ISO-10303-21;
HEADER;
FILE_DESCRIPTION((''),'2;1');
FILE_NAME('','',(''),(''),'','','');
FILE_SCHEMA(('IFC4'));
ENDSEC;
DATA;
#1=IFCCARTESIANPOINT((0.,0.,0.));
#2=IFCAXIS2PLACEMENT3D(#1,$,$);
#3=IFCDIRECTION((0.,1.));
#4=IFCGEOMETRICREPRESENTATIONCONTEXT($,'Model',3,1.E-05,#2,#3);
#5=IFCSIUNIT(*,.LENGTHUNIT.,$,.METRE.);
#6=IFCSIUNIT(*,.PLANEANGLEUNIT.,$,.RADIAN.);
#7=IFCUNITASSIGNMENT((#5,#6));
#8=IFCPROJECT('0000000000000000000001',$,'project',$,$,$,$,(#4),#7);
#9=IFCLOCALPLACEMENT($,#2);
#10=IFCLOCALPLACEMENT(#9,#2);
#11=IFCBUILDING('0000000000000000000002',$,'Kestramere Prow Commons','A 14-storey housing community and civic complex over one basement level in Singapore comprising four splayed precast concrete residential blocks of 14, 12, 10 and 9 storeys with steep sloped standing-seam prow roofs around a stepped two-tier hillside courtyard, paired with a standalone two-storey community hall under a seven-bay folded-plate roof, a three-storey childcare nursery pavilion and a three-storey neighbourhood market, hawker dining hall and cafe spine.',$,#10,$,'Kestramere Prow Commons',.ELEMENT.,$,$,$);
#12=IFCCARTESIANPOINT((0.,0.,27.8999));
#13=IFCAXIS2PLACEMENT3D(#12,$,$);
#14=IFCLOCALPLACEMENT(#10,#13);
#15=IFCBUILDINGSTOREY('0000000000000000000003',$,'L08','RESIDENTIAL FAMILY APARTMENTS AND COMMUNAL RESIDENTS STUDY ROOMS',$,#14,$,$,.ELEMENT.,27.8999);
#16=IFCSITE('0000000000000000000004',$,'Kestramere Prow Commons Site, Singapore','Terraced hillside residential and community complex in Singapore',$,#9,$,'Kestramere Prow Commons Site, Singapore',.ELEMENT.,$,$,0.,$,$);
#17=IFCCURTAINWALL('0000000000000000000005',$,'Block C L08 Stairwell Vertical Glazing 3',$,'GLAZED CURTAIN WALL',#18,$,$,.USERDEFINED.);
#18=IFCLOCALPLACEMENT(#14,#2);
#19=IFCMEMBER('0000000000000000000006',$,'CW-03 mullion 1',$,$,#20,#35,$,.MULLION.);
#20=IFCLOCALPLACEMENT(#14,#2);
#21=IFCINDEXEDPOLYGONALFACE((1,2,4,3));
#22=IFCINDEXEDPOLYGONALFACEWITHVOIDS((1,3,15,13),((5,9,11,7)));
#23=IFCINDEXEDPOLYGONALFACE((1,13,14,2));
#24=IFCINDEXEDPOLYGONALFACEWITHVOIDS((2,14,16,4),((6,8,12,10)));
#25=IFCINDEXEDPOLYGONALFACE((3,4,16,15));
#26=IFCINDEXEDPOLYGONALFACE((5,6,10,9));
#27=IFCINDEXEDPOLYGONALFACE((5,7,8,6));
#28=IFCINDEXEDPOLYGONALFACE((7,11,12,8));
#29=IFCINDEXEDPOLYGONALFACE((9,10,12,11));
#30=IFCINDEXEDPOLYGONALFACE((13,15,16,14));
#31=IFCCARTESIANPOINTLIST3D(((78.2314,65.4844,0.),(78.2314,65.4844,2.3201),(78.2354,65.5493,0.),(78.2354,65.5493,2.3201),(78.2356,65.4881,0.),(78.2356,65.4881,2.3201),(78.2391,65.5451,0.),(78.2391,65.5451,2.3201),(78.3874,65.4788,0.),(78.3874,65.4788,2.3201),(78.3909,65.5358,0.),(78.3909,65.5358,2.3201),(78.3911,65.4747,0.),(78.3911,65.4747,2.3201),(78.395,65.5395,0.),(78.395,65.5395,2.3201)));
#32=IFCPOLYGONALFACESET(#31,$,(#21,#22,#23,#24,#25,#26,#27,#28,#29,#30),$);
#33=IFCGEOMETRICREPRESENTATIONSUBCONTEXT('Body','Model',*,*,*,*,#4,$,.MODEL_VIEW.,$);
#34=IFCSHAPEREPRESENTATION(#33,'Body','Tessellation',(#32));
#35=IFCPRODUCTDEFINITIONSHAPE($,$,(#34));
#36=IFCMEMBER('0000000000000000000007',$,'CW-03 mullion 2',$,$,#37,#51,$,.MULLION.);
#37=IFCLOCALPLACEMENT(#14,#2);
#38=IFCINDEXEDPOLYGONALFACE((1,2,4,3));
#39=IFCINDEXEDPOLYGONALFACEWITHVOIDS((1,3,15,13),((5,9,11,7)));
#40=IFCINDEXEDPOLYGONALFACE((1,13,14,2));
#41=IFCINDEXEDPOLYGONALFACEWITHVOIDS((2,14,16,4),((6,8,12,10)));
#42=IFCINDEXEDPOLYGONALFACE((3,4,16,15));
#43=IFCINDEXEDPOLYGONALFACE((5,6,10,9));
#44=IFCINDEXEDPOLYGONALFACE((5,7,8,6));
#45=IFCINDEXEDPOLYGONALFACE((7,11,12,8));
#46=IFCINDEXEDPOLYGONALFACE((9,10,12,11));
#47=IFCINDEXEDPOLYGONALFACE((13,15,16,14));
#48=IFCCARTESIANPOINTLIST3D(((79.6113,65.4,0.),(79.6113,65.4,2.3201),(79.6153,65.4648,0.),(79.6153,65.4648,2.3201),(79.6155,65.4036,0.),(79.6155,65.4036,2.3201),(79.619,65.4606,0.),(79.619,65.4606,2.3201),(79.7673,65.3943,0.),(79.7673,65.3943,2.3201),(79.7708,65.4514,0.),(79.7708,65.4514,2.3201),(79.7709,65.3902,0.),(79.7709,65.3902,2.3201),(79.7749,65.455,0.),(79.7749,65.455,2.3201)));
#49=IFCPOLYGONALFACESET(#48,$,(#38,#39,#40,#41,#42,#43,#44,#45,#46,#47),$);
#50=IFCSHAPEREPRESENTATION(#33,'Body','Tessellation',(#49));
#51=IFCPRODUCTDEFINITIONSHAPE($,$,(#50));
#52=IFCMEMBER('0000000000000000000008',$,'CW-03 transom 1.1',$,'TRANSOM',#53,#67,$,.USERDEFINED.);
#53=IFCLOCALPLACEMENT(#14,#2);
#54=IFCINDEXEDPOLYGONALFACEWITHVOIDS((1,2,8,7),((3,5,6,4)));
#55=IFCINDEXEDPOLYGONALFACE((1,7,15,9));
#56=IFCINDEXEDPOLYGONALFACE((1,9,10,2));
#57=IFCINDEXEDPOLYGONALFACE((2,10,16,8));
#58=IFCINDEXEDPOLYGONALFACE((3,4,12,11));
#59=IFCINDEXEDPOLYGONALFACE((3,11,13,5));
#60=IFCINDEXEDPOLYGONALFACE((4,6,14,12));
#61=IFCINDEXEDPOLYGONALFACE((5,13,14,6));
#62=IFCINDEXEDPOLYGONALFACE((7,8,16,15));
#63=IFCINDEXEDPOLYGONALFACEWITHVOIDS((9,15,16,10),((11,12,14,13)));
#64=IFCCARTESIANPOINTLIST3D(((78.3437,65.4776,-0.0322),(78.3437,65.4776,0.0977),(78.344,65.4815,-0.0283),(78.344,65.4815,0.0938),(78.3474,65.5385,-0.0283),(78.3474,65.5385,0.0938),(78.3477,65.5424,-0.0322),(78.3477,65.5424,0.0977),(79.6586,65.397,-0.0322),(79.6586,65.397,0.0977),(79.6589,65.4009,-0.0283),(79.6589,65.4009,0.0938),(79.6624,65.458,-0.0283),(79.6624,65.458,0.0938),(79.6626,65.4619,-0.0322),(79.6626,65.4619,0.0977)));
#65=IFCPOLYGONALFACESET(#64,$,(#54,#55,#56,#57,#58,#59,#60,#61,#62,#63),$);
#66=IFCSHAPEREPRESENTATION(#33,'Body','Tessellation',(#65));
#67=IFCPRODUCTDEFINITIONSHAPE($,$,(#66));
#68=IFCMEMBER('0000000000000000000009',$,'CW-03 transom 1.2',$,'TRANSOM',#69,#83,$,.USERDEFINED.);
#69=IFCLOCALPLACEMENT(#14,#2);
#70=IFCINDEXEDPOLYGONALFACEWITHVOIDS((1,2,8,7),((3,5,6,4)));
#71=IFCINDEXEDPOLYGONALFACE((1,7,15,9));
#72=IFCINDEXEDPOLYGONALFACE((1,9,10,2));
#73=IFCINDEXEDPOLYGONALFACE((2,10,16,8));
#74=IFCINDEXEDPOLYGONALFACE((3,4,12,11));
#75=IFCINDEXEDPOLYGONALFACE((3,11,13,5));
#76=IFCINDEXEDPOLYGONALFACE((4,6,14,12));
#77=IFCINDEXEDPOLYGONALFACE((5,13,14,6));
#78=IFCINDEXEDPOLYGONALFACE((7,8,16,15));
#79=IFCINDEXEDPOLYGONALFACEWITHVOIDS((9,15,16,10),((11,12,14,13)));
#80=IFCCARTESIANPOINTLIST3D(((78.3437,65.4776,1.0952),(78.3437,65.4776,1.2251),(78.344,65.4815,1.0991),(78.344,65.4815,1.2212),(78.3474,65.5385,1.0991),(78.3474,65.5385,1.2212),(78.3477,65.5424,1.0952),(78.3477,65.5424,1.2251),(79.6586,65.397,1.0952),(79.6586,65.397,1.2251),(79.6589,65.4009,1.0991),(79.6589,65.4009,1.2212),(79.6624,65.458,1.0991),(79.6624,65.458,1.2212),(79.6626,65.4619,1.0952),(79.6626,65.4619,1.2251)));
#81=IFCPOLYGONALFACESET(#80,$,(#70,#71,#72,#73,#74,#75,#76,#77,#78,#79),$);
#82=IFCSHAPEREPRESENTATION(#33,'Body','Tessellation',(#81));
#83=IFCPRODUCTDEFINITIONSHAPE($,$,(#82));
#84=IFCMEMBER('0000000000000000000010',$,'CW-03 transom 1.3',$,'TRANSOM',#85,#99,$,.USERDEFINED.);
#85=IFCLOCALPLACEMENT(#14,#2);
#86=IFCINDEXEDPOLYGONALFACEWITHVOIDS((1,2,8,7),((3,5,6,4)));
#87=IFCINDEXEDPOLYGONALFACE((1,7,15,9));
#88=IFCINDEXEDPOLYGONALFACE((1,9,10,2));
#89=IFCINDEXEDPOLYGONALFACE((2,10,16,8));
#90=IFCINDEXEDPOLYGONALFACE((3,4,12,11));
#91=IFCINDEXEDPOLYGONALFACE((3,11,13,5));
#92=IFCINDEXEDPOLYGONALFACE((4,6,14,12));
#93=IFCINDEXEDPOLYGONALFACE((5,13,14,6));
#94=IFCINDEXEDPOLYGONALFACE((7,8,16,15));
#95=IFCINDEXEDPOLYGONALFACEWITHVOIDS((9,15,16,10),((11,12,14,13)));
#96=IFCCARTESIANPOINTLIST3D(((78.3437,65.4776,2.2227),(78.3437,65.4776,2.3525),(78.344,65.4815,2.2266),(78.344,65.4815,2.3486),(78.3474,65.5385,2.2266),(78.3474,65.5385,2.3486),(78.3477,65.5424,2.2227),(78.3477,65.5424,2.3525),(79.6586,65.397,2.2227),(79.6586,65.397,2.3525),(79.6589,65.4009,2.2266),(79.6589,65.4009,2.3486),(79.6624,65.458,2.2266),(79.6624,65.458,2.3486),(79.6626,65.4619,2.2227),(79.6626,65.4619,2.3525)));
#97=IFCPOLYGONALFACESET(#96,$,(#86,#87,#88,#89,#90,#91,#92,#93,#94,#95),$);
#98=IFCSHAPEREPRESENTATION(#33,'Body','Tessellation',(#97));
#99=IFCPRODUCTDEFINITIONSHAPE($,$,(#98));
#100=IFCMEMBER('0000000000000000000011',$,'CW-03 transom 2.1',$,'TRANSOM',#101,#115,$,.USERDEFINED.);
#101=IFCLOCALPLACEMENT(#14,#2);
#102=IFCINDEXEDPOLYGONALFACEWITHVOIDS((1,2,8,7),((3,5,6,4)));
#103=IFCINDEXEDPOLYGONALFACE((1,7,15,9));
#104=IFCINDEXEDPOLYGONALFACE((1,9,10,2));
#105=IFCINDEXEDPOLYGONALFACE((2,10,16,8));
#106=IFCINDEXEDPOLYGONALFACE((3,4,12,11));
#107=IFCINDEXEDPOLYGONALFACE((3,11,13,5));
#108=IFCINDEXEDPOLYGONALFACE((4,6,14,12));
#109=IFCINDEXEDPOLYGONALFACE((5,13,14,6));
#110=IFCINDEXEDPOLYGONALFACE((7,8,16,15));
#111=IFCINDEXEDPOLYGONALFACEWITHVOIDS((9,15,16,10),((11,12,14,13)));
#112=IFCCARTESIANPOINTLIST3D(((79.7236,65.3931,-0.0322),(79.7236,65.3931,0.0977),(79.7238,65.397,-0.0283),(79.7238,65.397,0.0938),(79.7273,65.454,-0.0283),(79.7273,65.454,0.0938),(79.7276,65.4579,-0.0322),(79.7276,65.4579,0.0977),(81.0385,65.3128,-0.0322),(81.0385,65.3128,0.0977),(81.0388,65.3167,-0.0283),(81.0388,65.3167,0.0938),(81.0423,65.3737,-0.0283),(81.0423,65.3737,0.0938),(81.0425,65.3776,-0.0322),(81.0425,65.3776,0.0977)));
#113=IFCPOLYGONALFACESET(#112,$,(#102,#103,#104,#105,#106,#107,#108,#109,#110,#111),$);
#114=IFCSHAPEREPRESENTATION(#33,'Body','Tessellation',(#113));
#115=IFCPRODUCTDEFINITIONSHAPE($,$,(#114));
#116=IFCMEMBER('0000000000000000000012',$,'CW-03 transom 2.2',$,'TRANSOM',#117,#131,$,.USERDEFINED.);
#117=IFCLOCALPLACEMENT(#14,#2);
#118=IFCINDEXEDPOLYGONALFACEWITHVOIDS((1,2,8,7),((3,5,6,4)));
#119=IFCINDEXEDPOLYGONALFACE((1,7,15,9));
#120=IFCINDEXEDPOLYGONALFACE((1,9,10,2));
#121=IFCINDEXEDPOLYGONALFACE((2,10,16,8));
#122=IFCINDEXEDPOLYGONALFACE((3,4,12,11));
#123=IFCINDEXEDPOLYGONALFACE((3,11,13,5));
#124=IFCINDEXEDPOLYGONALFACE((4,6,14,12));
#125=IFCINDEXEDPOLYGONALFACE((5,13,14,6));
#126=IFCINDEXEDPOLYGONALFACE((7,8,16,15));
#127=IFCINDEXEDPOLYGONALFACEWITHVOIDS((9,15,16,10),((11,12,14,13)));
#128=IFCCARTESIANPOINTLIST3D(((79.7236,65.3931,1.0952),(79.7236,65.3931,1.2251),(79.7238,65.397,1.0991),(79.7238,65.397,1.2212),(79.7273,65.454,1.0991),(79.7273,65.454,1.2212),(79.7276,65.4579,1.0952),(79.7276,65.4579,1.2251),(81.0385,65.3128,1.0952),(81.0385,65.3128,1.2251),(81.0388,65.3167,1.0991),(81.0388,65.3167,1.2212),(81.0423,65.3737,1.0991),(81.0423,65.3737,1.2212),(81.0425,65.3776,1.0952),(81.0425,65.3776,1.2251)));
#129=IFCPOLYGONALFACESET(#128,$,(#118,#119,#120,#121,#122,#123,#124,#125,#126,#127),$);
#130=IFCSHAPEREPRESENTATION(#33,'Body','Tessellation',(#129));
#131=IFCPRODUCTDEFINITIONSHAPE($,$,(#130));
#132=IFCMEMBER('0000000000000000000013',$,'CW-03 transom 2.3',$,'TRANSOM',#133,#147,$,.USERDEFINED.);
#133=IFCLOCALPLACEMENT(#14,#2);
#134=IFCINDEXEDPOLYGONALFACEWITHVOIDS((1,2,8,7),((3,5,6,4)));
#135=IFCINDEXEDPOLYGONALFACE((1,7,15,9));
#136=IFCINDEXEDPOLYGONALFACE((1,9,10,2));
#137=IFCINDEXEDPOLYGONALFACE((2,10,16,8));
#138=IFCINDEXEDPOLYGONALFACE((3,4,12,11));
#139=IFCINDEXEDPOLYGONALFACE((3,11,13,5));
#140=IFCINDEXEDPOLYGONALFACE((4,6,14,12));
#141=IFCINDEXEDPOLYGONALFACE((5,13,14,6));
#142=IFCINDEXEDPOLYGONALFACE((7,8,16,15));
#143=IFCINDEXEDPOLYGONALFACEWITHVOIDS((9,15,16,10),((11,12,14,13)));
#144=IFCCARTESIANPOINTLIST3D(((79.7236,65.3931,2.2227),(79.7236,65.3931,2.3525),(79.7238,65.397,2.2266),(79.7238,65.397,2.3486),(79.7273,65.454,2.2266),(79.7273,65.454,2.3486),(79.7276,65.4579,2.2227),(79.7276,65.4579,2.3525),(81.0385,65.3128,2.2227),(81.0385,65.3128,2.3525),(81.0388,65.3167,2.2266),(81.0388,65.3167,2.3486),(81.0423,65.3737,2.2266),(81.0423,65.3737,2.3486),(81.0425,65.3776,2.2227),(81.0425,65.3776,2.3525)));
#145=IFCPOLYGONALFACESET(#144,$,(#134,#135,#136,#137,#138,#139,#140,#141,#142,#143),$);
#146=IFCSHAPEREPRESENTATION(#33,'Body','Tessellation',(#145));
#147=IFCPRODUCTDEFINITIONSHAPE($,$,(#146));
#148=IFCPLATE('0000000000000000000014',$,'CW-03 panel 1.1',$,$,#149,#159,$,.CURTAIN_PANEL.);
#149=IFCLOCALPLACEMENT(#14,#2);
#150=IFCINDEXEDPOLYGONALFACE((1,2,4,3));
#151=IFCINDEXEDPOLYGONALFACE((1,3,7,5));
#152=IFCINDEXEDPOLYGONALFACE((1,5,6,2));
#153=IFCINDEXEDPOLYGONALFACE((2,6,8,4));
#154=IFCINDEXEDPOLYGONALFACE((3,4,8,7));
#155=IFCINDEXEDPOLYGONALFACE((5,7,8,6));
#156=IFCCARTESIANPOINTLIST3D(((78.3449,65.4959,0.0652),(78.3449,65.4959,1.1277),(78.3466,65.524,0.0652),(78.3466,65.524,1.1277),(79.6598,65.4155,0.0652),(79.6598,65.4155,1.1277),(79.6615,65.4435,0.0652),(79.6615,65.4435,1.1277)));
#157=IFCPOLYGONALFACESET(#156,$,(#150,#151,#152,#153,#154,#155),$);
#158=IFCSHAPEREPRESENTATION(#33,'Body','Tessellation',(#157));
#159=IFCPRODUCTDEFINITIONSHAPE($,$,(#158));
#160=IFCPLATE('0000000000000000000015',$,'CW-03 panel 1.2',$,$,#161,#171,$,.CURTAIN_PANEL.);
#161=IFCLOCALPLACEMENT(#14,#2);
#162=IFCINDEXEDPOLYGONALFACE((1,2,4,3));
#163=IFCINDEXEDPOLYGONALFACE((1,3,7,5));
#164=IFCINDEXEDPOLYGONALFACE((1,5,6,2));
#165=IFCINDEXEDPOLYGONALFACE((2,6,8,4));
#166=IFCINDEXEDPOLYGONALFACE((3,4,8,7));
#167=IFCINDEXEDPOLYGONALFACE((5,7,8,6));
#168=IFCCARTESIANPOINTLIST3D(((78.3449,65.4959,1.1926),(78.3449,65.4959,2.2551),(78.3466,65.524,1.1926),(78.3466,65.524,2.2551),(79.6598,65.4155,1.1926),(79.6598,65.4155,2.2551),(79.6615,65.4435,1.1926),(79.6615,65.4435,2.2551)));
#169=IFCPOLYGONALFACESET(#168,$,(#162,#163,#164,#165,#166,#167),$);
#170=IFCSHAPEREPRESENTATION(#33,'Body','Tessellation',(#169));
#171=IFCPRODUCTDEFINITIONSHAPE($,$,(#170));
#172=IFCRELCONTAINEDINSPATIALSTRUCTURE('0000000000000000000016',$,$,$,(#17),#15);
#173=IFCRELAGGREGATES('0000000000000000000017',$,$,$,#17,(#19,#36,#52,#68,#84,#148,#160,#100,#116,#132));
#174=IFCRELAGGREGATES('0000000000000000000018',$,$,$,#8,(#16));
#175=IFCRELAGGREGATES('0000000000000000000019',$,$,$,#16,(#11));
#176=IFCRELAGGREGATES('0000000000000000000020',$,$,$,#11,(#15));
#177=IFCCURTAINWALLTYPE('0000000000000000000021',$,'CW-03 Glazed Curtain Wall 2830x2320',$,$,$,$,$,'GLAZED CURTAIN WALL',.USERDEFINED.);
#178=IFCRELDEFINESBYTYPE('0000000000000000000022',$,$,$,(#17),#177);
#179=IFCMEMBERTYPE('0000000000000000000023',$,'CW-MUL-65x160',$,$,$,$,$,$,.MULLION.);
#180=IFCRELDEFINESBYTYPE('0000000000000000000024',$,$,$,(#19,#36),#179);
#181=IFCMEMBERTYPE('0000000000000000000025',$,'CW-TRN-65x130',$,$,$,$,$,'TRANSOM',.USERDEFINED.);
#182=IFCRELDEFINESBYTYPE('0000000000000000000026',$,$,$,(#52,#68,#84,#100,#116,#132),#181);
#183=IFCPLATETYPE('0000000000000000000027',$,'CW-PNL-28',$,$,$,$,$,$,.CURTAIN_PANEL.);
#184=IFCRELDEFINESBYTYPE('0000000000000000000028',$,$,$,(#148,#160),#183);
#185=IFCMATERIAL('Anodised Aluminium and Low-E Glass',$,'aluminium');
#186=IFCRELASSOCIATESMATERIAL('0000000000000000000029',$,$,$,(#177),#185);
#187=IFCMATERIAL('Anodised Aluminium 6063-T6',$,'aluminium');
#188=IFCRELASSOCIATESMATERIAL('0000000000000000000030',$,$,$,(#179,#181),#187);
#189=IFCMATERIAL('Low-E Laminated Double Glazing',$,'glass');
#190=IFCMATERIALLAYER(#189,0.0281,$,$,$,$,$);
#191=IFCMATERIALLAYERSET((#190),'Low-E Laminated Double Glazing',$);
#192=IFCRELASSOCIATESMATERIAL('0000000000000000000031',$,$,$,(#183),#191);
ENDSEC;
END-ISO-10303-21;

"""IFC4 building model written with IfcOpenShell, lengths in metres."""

from ifc_helpers import new_model, si_unit, direction, frame, origin, origin_2d, place, context, subcontext, project, spatial, rectangle, hollow_rectangle, extrude, material, layer, layer_set, material_profile, profile_set, type_object, element, aggregate, save


model = new_model("IFC4")

# Units and contexts
model_context = context("Model", 3, precision=1e-05, world=origin(), true_north=direction((0.0, 1.0)))
body_context = subcontext(model_context, "Body", "Model", "MODEL_VIEW")
ifc_project = project(units=[si_unit("LENGTHUNIT", "METRE"), si_unit("PLANEANGLEUNIT", "RADIAN")], contexts=[model_context])

# Site, building, storey
site_placement = place(None, origin())
site = spatial("IfcSite", under=ifc_project, at=site_placement, Name="Kestramere Prow Commons Site, Singapore", Description="Terraced hillside residential and community complex in Singapore", LongName="Kestramere Prow Commons Site, Singapore", CompositionType="ELEMENT", RefElevation=0.0)
building_placement = place(site_placement, origin())
building = spatial("IfcBuilding", under=site, at=building_placement, Name="Kestramere Prow Commons", Description="A 14-storey housing community and civic complex over one basement level in Singapore comprising four splayed precast concrete residential blocks of 14, 12, 10 and 9 storeys with steep sloped standing-seam prow roofs around a stepped two-tier hillside courtyard, paired with a standalone two-storey community hall under a seven-bay folded-plate roof, a three-storey childcare nursery pavilion and a three-storey neighbourhood market, hawker dining hall and cafe spine.", LongName="Kestramere Prow Commons", CompositionType="ELEMENT")
storey_placement = place(building_placement, frame((0.0, 0.0, 27.8999)))
storey = spatial("IfcBuildingStorey", under=building, at=storey_placement, Name="L08", Description="RESIDENTIAL FAMILY APARTMENTS AND COMMUNAL RESIDENTS STUDY ROOMS", CompositionType="ELEMENT", Elevation=27.8999)

# Curtain wall, members, plates
ifc_material_1 = material(Name="Anodised Aluminium and Low-E Glass", Category="aluminium")
curtain_wall_type = type_object("IfcCurtainWallType", Name="CW-03 Glazed Curtain Wall 2830x2320", ElementType="GLAZED CURTAIN WALL", PredefinedType="USERDEFINED", material=ifc_material_1)
curtain_wall_placement = place(storey_placement, origin())
curtain_wall = element("IfcCurtainWall", 1, at=curtain_wall_placement, inside=storey, type_object=curtain_wall_type, Name="Block C L08 Stairwell Vertical Glazing 3", ObjectType="GLAZED CURTAIN WALL", PredefinedType="USERDEFINED")
ifc_material_2 = material(Name="Anodised Aluminium 6063-T6", Category="aluminium")
ifc_material_profile_1 = material_profile(ifc_material_2, hollow_rectangle(XDim=0.0649, YDim=0.1599, WallThickness=0.0039, at=origin_2d()), Name="ALU-MUL 65x160")
ifc_profile_set_1 = profile_set([ifc_material_profile_1], Name="Anodised Aluminium 6063-T6")
member_type_1 = type_object("IfcMemberType", Name="CW-MUL-65x160", PredefinedType="MULLION", material=ifc_profile_set_1)
member_1_placement = place(storey_placement, frame((78.3132, 65.512, 0.0), z_axis=(0.0, 0.0, 1.0), x_axis=(0.061048, 0.998135, 0.0)))
member_1 = element("IfcMember", 2, at=member_1_placement, type_object=member_type_1, Name="CW-03 mullion 1", PredefinedType="MULLION", context=body_context, shape_type="SweptSolid", body=[
    extrude(hollow_rectangle(XDim=0.0649, YDim=0.1599, WallThickness=0.0039, at=origin_2d()), origin(), (0.0, 0.0, 1.0), 2.3201),
])
member_2_placement = place(storey_placement, frame((79.6931, 65.4275, 0.0), z_axis=(0.0, 0.0, 1.0), x_axis=(0.061048, 0.998135, 0.0)))
member_2 = element("IfcMember", 3, at=member_2_placement, type_object=member_type_1, Name="CW-03 mullion 2", PredefinedType="MULLION", context=body_context, shape_type="SweptSolid", body=[
    extrude(hollow_rectangle(XDim=0.0649, YDim=0.1599, WallThickness=0.0039, at=origin_2d()), origin(), (0.0, 0.0, 1.0), 2.3201),
])
ifc_material_profile_2 = material_profile(ifc_material_2, hollow_rectangle(XDim=0.0649, YDim=0.1299, WallThickness=0.0039, at=origin_2d()), Name="ALU-TRN 65x130")
ifc_profile_set_2 = profile_set([ifc_material_profile_2], Name="Anodised Aluminium 6063-T6")
member_type_2 = type_object("IfcMemberType", Name="CW-TRN-65x130", ElementType="TRANSOM", PredefinedType="USERDEFINED", material=ifc_profile_set_2)
member_3_placement = place(storey_placement, frame((78.3457, 65.51, 0.0327), z_axis=(0.998128, -0.061155, 0.0), x_axis=(0.061155, 0.998128, 0.0)))
member_3 = element("IfcMember", 4, at=member_3_placement, type_object=member_type_2, Name="CW-03 transom 1.1", ObjectType="TRANSOM", PredefinedType="USERDEFINED", context=body_context, shape_type="SweptSolid", body=[
    extrude(hollow_rectangle(XDim=0.0649, YDim=0.1299, WallThickness=0.0039, at=origin_2d()), origin(), (0.0, 0.0, 1.0), 1.3174),
])
member_4_placement = place(storey_placement, frame((78.3457, 65.51, 1.1602), z_axis=(0.998128, -0.061155, 0.0), x_axis=(0.061155, 0.998128, 0.0)))
member_4 = element("IfcMember", 5, at=member_4_placement, type_object=member_type_2, Name="CW-03 transom 1.2", ObjectType="TRANSOM", PredefinedType="USERDEFINED", context=body_context, shape_type="SweptSolid", body=[
    extrude(hollow_rectangle(XDim=0.0649, YDim=0.1299, WallThickness=0.0039, at=origin_2d()), origin(), (0.0, 0.0, 1.0), 1.3174),
])
member_5_placement = place(storey_placement, frame((78.3457, 65.51, 2.2876), z_axis=(0.998128, -0.061155, 0.0), x_axis=(0.061155, 0.998128, 0.0)))
member_5 = element("IfcMember", 6, at=member_5_placement, type_object=member_type_2, Name="CW-03 transom 1.3", ObjectType="TRANSOM", PredefinedType="USERDEFINED", context=body_context, shape_type="SweptSolid", body=[
    extrude(hollow_rectangle(XDim=0.0649, YDim=0.1299, WallThickness=0.0039, at=origin_2d()), origin(), (0.0, 0.0, 1.0), 1.3174),
])
member_6_placement = place(storey_placement, frame((79.7256, 65.4255, 0.0327), z_axis=(0.99814, -0.060971, 0.0), x_axis=(0.060971, 0.99814, 0.0)))
member_6 = element("IfcMember", 7, at=member_6_placement, type_object=member_type_2, Name="CW-03 transom 2.1", ObjectType="TRANSOM", PredefinedType="USERDEFINED", context=body_context, shape_type="SweptSolid", body=[
    extrude(hollow_rectangle(XDim=0.0649, YDim=0.1299, WallThickness=0.0039, at=origin_2d()), origin(), (0.0, 0.0, 1.0), 1.3174),
])
member_7_placement = place(storey_placement, frame((79.7256, 65.4255, 1.1602), z_axis=(0.99814, -0.060971, 0.0), x_axis=(0.060971, 0.99814, 0.0)))
member_7 = element("IfcMember", 8, at=member_7_placement, type_object=member_type_2, Name="CW-03 transom 2.2", ObjectType="TRANSOM", PredefinedType="USERDEFINED", context=body_context, shape_type="SweptSolid", body=[
    extrude(hollow_rectangle(XDim=0.0649, YDim=0.1299, WallThickness=0.0039, at=origin_2d()), origin(), (0.0, 0.0, 1.0), 1.3174),
])
member_8_placement = place(storey_placement, frame((79.7256, 65.4255, 2.2876), z_axis=(0.99814, -0.060971, 0.0), x_axis=(0.060971, 0.99814, 0.0)))
member_8 = element("IfcMember", 9, at=member_8_placement, type_object=member_type_2, Name="CW-03 transom 2.3", ObjectType="TRANSOM", PredefinedType="USERDEFINED", context=body_context, shape_type="SweptSolid", body=[
    extrude(hollow_rectangle(XDim=0.0649, YDim=0.1299, WallThickness=0.0039, at=origin_2d()), origin(), (0.0, 0.0, 1.0), 1.3174),
])
ifc_material_3 = material(Name="Low-E Laminated Double Glazing", Category="glass")
ifc_layer = layer(ifc_material_3, 0.0281)
ifc_layer_set = layer_set([ifc_layer], Name="Low-E Laminated Double Glazing")
plate_type = type_object("IfcPlateType", Name="CW-PNL-28", PredefinedType="CURTAIN_PANEL", material=ifc_layer_set)
plate_1_placement = place(storey_placement, frame((79.0032, 65.4697, 0.0652), z_axis=(0.0, 0.0, 1.0), x_axis=(0.998135, -0.061048, 0.0)))
plate_1 = element("IfcPlate", 10, at=plate_1_placement, type_object=plate_type, Name="CW-03 panel 1.1", PredefinedType="CURTAIN_PANEL", context=body_context, shape_type="SweptSolid", body=[
    extrude(rectangle(XDim=1.3174, YDim=0.0281, at=origin_2d()), origin(), (0.0, 0.0, 1.0), 1.0625),
])
plate_2_placement = place(storey_placement, frame((79.0032, 65.4697, 1.1926), z_axis=(0.0, 0.0, 1.0), x_axis=(0.998135, -0.061048, 0.0)))
plate_2 = element("IfcPlate", 11, at=plate_2_placement, type_object=plate_type, Name="CW-03 panel 1.2", PredefinedType="CURTAIN_PANEL", context=body_context, shape_type="SweptSolid", body=[
    extrude(rectangle(XDim=1.3174, YDim=0.0281, at=origin_2d()), origin(), (0.0, 0.0, 1.0), 1.0625),
])
aggregate(curtain_wall, [member_1, member_2, member_3, member_4, member_5, plate_1, plate_2, member_6, member_7, member_8])

save(model, "model.ifc")
